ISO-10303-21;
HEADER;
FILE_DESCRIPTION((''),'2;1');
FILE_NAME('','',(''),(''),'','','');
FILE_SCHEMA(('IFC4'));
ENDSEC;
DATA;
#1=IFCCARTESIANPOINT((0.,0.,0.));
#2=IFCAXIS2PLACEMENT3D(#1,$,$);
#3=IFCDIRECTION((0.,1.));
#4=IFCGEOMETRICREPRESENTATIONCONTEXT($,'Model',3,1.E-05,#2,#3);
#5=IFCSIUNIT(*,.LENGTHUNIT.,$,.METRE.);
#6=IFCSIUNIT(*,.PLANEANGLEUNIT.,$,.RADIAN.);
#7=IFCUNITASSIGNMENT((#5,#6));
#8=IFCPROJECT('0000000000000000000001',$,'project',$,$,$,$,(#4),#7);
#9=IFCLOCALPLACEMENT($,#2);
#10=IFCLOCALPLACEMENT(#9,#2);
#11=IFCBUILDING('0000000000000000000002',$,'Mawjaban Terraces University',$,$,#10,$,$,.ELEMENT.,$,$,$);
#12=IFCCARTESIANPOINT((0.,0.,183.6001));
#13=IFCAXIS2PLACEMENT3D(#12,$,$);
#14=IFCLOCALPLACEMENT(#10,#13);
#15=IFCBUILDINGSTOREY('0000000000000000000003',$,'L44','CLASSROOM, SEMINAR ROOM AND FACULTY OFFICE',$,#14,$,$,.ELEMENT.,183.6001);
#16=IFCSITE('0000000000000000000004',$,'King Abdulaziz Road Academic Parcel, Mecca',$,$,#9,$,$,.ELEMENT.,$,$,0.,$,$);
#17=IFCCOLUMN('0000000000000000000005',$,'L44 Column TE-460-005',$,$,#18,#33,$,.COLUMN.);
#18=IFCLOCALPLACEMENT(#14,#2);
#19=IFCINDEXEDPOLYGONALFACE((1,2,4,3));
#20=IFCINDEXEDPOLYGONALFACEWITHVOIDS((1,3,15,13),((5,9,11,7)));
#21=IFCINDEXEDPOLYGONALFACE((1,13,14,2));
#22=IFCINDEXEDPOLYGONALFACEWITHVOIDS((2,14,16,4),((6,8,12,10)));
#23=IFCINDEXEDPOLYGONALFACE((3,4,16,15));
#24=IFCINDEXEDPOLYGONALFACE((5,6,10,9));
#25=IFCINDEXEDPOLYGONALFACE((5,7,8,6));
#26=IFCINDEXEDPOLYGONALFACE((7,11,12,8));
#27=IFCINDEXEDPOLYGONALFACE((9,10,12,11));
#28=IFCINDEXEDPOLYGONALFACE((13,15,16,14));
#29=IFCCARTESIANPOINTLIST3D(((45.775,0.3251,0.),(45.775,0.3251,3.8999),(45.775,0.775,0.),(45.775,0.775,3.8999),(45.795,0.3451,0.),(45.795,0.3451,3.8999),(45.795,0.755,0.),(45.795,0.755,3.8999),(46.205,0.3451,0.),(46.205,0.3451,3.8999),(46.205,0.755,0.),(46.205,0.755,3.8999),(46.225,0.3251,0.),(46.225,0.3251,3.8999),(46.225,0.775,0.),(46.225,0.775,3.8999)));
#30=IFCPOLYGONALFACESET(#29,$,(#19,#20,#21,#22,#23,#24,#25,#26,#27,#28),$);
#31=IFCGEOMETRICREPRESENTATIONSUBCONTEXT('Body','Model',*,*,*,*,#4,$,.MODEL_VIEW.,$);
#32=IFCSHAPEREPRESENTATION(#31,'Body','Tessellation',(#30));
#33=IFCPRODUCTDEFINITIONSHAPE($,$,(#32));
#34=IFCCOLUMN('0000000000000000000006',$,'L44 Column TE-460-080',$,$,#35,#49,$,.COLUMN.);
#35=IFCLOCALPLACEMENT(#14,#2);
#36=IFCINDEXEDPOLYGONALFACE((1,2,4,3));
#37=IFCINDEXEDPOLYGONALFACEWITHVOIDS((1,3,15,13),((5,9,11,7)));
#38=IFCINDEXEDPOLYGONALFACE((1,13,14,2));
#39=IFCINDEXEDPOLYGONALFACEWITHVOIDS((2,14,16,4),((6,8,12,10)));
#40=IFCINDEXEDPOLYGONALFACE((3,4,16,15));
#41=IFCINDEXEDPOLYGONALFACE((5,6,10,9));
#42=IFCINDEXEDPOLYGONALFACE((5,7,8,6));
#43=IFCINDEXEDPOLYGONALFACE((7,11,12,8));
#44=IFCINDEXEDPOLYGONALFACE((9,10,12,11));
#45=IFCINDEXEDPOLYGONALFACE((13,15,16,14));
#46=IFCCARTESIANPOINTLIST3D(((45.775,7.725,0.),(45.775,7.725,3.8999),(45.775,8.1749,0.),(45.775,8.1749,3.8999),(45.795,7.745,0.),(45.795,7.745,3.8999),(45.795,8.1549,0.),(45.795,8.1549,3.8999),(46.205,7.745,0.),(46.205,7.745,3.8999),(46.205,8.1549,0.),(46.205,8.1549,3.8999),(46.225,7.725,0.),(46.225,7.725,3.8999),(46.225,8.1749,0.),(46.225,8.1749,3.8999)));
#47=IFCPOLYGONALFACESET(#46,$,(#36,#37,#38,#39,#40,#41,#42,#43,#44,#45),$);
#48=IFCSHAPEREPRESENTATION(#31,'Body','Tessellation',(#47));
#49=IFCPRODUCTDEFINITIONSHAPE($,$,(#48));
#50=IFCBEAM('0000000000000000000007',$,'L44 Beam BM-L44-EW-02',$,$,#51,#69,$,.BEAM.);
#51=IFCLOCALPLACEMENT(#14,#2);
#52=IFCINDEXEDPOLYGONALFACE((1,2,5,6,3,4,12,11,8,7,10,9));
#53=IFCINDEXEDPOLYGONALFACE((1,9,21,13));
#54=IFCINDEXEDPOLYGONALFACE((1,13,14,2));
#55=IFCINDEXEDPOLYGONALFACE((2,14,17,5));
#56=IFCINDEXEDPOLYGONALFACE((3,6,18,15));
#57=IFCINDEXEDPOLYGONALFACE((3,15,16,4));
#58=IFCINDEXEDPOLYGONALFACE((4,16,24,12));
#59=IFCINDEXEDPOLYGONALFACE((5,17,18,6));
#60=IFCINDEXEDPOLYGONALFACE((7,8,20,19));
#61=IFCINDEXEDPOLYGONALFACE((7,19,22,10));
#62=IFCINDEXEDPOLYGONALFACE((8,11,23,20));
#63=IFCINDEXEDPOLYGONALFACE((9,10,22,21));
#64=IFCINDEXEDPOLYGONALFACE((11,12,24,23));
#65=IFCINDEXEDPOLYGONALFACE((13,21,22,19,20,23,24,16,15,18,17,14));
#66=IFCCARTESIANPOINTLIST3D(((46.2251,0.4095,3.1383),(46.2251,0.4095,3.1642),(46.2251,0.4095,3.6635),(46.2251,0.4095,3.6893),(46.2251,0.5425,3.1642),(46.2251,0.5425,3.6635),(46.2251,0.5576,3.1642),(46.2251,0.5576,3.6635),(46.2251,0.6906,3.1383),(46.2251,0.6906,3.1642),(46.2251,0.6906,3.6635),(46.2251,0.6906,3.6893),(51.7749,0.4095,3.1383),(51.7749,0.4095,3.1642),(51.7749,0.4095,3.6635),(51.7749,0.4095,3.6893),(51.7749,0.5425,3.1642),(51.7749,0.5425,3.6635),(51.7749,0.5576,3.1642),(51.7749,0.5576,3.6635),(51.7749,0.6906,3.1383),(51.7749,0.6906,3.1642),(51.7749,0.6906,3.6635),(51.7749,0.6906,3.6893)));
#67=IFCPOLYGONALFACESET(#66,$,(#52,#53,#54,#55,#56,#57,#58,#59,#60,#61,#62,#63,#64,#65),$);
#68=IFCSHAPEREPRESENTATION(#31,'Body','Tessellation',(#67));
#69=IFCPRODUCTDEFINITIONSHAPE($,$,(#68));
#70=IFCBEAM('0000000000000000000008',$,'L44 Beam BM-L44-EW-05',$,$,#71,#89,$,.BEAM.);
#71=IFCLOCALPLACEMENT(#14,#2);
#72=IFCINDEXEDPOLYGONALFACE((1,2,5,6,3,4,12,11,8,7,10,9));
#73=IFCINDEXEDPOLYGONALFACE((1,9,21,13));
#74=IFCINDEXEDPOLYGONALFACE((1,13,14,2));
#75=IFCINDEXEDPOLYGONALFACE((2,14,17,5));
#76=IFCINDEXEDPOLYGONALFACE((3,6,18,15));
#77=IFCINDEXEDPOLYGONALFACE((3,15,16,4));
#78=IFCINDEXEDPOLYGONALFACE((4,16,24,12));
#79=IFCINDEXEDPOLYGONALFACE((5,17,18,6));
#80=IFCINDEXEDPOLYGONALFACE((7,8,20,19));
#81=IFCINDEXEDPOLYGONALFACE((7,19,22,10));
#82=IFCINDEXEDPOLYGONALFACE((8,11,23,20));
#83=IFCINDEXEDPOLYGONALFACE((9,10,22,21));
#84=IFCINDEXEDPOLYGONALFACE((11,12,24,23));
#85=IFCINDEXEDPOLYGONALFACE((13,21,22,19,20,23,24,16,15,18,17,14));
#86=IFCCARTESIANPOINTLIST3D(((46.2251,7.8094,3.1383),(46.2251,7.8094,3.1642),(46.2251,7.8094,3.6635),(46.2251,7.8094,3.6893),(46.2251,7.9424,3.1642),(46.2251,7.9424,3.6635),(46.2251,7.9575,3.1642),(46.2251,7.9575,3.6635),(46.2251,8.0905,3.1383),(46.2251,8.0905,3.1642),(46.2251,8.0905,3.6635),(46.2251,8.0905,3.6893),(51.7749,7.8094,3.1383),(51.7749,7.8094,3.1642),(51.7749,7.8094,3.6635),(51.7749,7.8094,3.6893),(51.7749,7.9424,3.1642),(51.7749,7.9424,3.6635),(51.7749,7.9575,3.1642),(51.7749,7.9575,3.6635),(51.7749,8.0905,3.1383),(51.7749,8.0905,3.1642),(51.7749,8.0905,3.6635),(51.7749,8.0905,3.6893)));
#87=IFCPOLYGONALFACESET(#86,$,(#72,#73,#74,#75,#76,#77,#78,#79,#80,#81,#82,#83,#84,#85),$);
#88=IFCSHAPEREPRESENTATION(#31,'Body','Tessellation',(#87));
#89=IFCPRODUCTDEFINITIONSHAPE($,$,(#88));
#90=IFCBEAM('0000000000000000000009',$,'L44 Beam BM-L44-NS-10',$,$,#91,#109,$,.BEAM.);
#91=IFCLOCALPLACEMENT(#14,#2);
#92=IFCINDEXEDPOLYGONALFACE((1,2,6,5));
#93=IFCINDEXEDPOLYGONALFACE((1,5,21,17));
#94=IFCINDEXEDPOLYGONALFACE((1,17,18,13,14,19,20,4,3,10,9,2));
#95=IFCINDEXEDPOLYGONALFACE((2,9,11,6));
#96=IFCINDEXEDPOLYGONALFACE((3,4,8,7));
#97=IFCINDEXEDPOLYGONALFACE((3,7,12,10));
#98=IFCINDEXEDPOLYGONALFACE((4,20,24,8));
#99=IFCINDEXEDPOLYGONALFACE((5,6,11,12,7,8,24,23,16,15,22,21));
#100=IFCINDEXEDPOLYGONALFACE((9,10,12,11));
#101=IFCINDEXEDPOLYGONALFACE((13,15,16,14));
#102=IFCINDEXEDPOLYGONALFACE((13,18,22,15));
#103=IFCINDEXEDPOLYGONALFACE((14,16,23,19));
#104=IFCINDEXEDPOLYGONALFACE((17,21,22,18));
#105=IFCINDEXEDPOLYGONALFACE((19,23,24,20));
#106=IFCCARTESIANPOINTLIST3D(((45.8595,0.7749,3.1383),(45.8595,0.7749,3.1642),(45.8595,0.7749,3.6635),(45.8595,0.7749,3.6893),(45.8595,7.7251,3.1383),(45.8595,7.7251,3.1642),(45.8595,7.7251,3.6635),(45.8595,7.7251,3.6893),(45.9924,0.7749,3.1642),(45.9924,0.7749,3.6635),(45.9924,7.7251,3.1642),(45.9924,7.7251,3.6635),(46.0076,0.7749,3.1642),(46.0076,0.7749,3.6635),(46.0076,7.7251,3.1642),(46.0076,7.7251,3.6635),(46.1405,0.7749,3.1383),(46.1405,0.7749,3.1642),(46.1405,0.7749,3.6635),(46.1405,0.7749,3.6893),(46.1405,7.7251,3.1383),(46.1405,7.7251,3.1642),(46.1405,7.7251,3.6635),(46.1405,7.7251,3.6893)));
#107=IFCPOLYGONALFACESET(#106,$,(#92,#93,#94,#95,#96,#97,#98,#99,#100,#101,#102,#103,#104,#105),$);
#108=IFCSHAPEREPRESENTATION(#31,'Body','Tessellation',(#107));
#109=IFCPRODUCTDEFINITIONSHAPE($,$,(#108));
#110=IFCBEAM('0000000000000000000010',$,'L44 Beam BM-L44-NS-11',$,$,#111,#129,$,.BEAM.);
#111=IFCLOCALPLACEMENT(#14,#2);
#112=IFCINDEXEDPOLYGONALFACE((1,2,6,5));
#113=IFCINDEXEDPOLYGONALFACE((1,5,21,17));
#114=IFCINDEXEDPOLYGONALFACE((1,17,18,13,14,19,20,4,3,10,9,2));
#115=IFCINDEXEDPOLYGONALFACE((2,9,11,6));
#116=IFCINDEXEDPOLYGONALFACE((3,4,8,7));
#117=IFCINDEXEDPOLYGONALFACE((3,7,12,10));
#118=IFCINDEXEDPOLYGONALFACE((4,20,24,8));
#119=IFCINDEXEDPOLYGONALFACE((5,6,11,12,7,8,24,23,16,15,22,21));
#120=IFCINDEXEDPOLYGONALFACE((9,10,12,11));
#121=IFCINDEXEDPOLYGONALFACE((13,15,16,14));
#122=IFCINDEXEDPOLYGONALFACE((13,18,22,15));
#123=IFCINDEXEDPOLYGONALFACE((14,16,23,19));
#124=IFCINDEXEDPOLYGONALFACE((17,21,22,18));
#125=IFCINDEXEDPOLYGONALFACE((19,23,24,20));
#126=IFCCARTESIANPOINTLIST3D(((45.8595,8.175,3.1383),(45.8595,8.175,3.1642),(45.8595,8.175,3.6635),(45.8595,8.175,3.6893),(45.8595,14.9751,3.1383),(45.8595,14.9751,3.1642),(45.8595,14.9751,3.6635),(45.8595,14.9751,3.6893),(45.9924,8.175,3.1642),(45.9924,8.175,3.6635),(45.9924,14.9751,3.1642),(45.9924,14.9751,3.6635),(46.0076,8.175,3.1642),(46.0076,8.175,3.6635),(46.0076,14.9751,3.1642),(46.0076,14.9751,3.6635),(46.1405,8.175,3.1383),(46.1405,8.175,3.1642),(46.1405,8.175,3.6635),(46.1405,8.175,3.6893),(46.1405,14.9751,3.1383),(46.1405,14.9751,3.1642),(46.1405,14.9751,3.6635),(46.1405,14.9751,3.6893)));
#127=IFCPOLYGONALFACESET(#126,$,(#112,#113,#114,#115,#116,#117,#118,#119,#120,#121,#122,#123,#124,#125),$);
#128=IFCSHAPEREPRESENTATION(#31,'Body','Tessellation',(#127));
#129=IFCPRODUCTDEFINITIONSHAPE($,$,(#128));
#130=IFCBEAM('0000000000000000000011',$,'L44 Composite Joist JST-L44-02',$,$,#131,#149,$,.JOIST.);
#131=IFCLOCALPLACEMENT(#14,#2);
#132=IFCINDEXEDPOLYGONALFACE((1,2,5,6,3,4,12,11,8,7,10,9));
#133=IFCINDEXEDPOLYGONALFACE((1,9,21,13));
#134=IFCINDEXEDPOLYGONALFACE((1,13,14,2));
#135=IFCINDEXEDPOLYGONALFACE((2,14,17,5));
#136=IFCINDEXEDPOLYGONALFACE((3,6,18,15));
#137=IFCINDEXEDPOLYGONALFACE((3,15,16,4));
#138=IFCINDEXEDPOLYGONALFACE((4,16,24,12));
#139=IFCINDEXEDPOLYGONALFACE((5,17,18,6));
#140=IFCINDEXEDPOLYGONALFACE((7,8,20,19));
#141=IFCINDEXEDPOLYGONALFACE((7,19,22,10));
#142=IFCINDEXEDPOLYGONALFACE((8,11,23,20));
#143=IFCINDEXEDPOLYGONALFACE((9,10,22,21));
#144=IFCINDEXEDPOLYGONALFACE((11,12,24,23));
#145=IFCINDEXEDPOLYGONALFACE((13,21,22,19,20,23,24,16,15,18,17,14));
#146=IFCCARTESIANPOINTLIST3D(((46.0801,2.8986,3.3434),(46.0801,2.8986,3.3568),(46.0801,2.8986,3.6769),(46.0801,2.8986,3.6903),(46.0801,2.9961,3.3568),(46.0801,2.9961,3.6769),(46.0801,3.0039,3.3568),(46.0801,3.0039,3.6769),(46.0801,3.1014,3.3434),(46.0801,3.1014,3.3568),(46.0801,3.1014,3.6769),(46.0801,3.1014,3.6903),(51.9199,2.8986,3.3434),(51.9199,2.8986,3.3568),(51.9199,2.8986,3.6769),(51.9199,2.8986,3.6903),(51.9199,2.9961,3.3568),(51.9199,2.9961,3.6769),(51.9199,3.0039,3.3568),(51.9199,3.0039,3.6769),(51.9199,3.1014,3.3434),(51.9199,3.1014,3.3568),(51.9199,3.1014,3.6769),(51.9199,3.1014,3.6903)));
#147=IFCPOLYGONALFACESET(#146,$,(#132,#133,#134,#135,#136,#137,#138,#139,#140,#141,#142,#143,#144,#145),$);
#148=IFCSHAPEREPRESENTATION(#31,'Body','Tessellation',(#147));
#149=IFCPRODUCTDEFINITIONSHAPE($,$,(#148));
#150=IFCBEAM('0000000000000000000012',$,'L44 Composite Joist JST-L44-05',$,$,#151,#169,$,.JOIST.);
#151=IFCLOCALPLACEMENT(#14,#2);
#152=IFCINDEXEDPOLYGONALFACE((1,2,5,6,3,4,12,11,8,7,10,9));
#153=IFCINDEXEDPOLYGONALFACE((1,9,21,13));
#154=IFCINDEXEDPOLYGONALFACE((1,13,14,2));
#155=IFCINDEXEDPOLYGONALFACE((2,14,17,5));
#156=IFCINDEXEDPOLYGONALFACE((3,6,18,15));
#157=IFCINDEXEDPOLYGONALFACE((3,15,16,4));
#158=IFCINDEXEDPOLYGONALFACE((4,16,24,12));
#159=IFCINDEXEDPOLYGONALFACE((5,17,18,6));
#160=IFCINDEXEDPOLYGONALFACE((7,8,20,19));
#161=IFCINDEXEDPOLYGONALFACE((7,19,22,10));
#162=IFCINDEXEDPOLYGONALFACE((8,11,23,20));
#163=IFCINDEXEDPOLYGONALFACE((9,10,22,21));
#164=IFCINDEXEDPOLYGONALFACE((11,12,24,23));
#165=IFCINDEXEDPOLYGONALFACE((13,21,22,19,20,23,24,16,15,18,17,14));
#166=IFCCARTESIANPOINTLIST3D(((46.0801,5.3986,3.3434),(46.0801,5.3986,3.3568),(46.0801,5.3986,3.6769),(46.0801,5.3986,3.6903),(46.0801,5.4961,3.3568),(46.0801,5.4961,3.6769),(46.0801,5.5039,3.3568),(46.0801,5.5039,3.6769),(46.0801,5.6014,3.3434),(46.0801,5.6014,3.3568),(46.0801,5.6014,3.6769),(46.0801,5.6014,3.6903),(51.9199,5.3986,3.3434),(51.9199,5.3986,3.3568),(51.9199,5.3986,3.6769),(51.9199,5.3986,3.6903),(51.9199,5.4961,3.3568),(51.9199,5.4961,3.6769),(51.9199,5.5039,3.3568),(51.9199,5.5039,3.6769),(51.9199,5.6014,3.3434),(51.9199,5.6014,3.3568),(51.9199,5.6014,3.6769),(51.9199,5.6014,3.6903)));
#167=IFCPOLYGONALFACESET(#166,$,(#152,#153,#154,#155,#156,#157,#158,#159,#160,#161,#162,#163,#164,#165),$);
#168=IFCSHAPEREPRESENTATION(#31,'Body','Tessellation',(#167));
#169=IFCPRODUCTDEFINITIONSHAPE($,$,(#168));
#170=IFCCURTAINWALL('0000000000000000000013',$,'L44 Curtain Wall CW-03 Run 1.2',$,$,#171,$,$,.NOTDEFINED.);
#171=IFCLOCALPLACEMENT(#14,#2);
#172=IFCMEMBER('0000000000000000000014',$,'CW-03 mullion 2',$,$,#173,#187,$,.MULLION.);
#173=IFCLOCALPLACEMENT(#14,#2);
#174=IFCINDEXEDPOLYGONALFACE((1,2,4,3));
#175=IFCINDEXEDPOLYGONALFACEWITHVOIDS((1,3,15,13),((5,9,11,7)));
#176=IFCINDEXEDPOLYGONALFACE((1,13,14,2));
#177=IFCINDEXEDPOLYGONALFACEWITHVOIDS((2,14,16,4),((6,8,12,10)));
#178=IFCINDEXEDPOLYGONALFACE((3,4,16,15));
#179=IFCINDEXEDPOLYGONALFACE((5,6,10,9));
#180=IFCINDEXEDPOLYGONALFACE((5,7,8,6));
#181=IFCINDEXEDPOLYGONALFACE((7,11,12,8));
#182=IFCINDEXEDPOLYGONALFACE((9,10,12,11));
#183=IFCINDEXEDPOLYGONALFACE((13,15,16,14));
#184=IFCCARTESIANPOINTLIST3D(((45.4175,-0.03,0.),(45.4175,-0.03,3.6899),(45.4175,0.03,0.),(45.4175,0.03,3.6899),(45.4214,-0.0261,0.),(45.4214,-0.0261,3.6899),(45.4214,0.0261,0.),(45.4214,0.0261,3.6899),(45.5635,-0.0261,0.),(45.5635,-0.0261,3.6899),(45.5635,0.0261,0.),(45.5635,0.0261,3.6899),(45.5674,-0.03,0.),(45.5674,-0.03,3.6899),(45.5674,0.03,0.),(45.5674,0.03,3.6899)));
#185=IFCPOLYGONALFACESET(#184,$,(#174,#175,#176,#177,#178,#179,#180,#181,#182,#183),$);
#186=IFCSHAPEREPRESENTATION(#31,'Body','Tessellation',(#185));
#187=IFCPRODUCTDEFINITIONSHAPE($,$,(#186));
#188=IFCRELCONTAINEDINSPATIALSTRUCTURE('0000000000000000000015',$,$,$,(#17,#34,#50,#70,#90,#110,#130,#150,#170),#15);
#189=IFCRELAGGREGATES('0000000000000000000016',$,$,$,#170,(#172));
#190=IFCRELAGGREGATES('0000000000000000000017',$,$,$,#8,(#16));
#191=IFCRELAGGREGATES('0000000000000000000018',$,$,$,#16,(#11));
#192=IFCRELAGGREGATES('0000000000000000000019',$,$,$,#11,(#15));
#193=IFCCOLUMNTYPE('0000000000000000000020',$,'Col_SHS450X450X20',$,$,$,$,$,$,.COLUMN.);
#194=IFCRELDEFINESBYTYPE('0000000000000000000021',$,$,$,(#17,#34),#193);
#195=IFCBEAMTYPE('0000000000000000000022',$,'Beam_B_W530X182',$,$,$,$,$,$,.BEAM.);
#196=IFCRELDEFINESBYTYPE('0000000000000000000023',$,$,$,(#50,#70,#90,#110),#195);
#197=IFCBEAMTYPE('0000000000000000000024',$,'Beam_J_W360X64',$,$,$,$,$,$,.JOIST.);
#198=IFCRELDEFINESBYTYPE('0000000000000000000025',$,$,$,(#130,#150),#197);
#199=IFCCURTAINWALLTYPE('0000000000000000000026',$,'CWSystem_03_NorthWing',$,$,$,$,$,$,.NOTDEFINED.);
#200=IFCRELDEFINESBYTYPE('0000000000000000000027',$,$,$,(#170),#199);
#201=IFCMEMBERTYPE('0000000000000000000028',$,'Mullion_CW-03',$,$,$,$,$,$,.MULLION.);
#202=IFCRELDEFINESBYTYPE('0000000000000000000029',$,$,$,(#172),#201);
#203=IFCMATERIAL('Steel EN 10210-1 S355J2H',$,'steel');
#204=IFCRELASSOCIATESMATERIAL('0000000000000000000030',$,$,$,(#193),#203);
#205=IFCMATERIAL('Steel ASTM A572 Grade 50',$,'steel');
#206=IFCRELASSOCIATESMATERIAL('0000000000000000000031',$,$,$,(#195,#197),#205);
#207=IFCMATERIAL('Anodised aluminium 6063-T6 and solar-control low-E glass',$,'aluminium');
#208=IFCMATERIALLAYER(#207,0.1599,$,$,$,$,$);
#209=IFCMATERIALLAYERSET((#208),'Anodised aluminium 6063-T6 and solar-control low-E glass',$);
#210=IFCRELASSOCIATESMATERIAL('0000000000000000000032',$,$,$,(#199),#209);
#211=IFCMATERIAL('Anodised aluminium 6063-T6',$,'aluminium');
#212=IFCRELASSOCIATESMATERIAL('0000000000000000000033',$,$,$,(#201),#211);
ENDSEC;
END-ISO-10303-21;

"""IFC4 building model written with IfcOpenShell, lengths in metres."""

from ifc_helpers import new_model, si_unit, direction, frame, origin, origin_2d, place, context, subcontext, project, spatial, hollow_rectangle, i_section, extrude, material, layer, layer_set, material_profile, profile_set, type_object, element, aggregate, save


model = new_model("IFC4")

# Units and contexts
model_context = context("Model", 3, precision=1e-05, world=origin(), true_north=direction((0.0, 1.0)))
body_context = subcontext(model_context, "Body", "Model", "MODEL_VIEW")
ifc_project = project(units=[si_unit("LENGTHUNIT", "METRE"), si_unit("PLANEANGLEUNIT", "RADIAN")], contexts=[model_context])

# Site, building, storey
site_placement = place(None, origin())
site = spatial("IfcSite", under=ifc_project, at=site_placement, Name="King Abdulaziz Road Academic Parcel, Mecca", CompositionType="ELEMENT", RefElevation=0.0)
building_placement = place(site_placement, origin())
building = spatial("IfcBuilding", under=site, at=building_placement, Name="Mawjaban Terraces University", CompositionType="ELEMENT")
storey_placement = place(building_placement, frame((0.0, 0.0, 183.6001)))
storey = spatial("IfcBuildingStorey", under=building, at=storey_placement, Name="L44", Description="CLASSROOM, SEMINAR ROOM AND FACULTY OFFICE", CompositionType="ELEMENT", Elevation=183.6001)

# Columns
ifc_material_1 = material(Name="Steel EN 10210-1 S355J2H", Category="steel")
ifc_material_profile_1 = material_profile(ifc_material_1, hollow_rectangle(XDim=0.45, YDim=0.45, WallThickness=0.02, at=origin_2d()), Name="SHS450X450X20")
ifc_profile_set_1 = profile_set([ifc_material_profile_1], Name="Steel EN 10210-1 S355J2H")
column_type = type_object("IfcColumnType", Name="Col_SHS450X450X20", PredefinedType="COLUMN", material=ifc_profile_set_1)
for number, where, z_axis, x_axis, name in (
    (1, (46.0, 0.55, 0.0), (0.0, 0.0, 1.0), (1.0, 0.0, 0.0), "L44 Column TE-460-005"),
    (2, (46.0, 7.95, 0.0), (0.0, 0.0, 1.0), (1.0, 0.0, 0.0), "L44 Column TE-460-080"),
):
    element("IfcColumn", number, at=place(storey_placement, frame(where, z_axis=z_axis, x_axis=x_axis)), inside=storey, type_object=column_type, Name=name, PredefinedType="COLUMN", context=body_context, shape_type="SweptSolid", body=[
        extrude(hollow_rectangle(XDim=0.45, YDim=0.45, WallThickness=0.02, at=origin_2d()), origin(), (0.0, 0.0, 1.0), 3.8999),
    ])

# Beams
ifc_material_2 = material(Name="Steel ASTM A572 Grade 50", Category="steel")
ifc_material_profile_2 = material_profile(ifc_material_2, i_section(OverallWidth=0.281, OverallDepth=0.551, WebThickness=0.0151, FlangeThickness=0.0259, at=origin_2d()), Name="W530X182")
ifc_profile_set_2 = profile_set([ifc_material_profile_2], Name="Steel ASTM A572 Grade 50")
beam_type_1 = type_object("IfcBeamType", Name="Beam_B_W530X182", PredefinedType="BEAM", material=ifc_profile_set_2)
for number, where, z_axis, x_axis, name in (
    (3, (46.2251, 0.55, 3.4138), (1.0, 0.0, 0.0), (0.0, 1.0, 0.0), "L44 Beam BM-L44-EW-02"),
    (4, (46.2251, 7.95, 3.4138), (1.0, 0.0, 0.0), (0.0, 1.0, 0.0), "L44 Beam BM-L44-EW-05"),
):
    element("IfcBeam", number, at=place(storey_placement, frame(where, z_axis=z_axis, x_axis=x_axis)), inside=storey, type_object=beam_type_1, Name=name, PredefinedType="BEAM", context=body_context, shape_type="SweptSolid", body=[
        extrude(i_section(OverallWidth=0.281, OverallDepth=0.551, WebThickness=0.0151, FlangeThickness=0.0259, at=origin_2d()), origin(), (0.0, 0.0, 1.0), 5.5498),
    ])
beam_1_placement = place(storey_placement, frame((46.0, 0.7749, 3.4138), z_axis=(0.0, 1.0, 0.0), x_axis=(-1.0, 0.0, 0.0)))
element("IfcBeam", 5, at=beam_1_placement, inside=storey, type_object=beam_type_1, Name="L44 Beam BM-L44-NS-10", PredefinedType="BEAM", context=body_context, shape_type="SweptSolid", body=[
    extrude(i_section(OverallWidth=0.281, OverallDepth=0.551, WebThickness=0.0151, FlangeThickness=0.0259, at=origin_2d()), origin(), (0.0, 0.0, 1.0), 6.9502),
])
beam_2_placement = place(storey_placement, frame((46.0, 8.175, 3.4138), z_axis=(0.0, 1.0, 0.0), x_axis=(-1.0, 0.0, 0.0)))
element("IfcBeam", 6, at=beam_2_placement, inside=storey, type_object=beam_type_1, Name="L44 Beam BM-L44-NS-11", PredefinedType="BEAM", context=body_context, shape_type="SweptSolid", body=[
    extrude(i_section(OverallWidth=0.281, OverallDepth=0.551, WebThickness=0.0151, FlangeThickness=0.0259, at=origin_2d()), origin(), (0.0, 0.0, 1.0), 6.8),
])
ifc_material_profile_3 = material_profile(ifc_material_2, i_section(OverallWidth=0.2029, OverallDepth=0.3469, WebThickness=0.0078, FlangeThickness=0.0134, at=origin_2d()), Name="W360X64")
ifc_profile_set_3 = profile_set([ifc_material_profile_3], Name="Steel ASTM A572 Grade 50")
beam_type_2 = type_object("IfcBeamType", Name="Beam_J_W360X64", PredefinedType="JOIST", material=ifc_profile_set_3)
for number, where, z_axis, x_axis, name in (
    (7, (46.0801, 3.0, 3.5168), (1.0, 0.0, 0.0), (0.0, 1.0, 0.0), "L44 Composite Joist JST-L44-02"),
    (8, (46.0801, 5.5, 3.5168), (1.0, 0.0, 0.0), (0.0, 1.0, 0.0), "L44 Composite Joist JST-L44-05"),
):
    element("IfcBeam", number, at=place(storey_placement, frame(where, z_axis=z_axis, x_axis=x_axis)), inside=storey, type_object=beam_type_2, Name=name, PredefinedType="JOIST", context=body_context, shape_type="SweptSolid", body=[
        extrude(i_section(OverallWidth=0.2029, OverallDepth=0.3469, WebThickness=0.0078, FlangeThickness=0.0134, at=origin_2d()), origin(), (0.0, 0.0, 1.0), 5.8398),
    ])

# Curtain wall, member
ifc_material_3 = material(Name="Anodised aluminium 6063-T6 and solar-control low-E glass", Category="aluminium")
ifc_layer_1 = layer(ifc_material_3, 0.1599)
ifc_layer_set_1 = layer_set([ifc_layer_1], Name="Anodised aluminium 6063-T6 and solar-control low-E glass")
curtain_wall_type = type_object("IfcCurtainWallType", Name="CWSystem_03_NorthWing", PredefinedType="NOTDEFINED", material=ifc_layer_set_1)
curtain_wall_1_placement = place(storey_placement, origin())
curtain_wall_1 = element("IfcCurtainWall", 9, at=curtain_wall_1_placement, inside=storey, type_object=curtain_wall_type, Name="L44 Curtain Wall CW-03 Run 1.2", PredefinedType="NOTDEFINED")
ifc_material_4 = material(Name="Anodised aluminium 6063-T6", Category="aluminium")
ifc_material_profile_4 = material_profile(ifc_material_4, hollow_rectangle(XDim=0.0601, YDim=0.1499, WallThickness=0.0039, at=origin_2d()), Name="ALU150X60X4")
ifc_profile_set_4 = profile_set([ifc_material_profile_4], Name="Anodised aluminium 6063-T6")
member_type_1 = type_object("IfcMemberType", Name="Mullion_CW-03", PredefinedType="MULLION", material=ifc_profile_set_4)
member_1_placement = place(storey_placement, frame((45.4924, 0.0, 0.0), z_axis=(0.0, 0.0, 1.0), x_axis=(0.0, 1.0, 0.0)))
member_1 = element("IfcMember", 10, at=member_1_placement, type_object=member_type_1, Name="CW-03 mullion 2", PredefinedType="MULLION", context=body_context, shape_type="SweptSolid", body=[
    extrude(hollow_rectangle(XDim=0.0601, YDim=0.1499, WallThickness=0.0039, at=origin_2d()), origin(), (0.0, 0.0, 1.0), 3.6899),
])

aggregate(curtain_wall_1, [member_1])

save(model, "model.ifc")
